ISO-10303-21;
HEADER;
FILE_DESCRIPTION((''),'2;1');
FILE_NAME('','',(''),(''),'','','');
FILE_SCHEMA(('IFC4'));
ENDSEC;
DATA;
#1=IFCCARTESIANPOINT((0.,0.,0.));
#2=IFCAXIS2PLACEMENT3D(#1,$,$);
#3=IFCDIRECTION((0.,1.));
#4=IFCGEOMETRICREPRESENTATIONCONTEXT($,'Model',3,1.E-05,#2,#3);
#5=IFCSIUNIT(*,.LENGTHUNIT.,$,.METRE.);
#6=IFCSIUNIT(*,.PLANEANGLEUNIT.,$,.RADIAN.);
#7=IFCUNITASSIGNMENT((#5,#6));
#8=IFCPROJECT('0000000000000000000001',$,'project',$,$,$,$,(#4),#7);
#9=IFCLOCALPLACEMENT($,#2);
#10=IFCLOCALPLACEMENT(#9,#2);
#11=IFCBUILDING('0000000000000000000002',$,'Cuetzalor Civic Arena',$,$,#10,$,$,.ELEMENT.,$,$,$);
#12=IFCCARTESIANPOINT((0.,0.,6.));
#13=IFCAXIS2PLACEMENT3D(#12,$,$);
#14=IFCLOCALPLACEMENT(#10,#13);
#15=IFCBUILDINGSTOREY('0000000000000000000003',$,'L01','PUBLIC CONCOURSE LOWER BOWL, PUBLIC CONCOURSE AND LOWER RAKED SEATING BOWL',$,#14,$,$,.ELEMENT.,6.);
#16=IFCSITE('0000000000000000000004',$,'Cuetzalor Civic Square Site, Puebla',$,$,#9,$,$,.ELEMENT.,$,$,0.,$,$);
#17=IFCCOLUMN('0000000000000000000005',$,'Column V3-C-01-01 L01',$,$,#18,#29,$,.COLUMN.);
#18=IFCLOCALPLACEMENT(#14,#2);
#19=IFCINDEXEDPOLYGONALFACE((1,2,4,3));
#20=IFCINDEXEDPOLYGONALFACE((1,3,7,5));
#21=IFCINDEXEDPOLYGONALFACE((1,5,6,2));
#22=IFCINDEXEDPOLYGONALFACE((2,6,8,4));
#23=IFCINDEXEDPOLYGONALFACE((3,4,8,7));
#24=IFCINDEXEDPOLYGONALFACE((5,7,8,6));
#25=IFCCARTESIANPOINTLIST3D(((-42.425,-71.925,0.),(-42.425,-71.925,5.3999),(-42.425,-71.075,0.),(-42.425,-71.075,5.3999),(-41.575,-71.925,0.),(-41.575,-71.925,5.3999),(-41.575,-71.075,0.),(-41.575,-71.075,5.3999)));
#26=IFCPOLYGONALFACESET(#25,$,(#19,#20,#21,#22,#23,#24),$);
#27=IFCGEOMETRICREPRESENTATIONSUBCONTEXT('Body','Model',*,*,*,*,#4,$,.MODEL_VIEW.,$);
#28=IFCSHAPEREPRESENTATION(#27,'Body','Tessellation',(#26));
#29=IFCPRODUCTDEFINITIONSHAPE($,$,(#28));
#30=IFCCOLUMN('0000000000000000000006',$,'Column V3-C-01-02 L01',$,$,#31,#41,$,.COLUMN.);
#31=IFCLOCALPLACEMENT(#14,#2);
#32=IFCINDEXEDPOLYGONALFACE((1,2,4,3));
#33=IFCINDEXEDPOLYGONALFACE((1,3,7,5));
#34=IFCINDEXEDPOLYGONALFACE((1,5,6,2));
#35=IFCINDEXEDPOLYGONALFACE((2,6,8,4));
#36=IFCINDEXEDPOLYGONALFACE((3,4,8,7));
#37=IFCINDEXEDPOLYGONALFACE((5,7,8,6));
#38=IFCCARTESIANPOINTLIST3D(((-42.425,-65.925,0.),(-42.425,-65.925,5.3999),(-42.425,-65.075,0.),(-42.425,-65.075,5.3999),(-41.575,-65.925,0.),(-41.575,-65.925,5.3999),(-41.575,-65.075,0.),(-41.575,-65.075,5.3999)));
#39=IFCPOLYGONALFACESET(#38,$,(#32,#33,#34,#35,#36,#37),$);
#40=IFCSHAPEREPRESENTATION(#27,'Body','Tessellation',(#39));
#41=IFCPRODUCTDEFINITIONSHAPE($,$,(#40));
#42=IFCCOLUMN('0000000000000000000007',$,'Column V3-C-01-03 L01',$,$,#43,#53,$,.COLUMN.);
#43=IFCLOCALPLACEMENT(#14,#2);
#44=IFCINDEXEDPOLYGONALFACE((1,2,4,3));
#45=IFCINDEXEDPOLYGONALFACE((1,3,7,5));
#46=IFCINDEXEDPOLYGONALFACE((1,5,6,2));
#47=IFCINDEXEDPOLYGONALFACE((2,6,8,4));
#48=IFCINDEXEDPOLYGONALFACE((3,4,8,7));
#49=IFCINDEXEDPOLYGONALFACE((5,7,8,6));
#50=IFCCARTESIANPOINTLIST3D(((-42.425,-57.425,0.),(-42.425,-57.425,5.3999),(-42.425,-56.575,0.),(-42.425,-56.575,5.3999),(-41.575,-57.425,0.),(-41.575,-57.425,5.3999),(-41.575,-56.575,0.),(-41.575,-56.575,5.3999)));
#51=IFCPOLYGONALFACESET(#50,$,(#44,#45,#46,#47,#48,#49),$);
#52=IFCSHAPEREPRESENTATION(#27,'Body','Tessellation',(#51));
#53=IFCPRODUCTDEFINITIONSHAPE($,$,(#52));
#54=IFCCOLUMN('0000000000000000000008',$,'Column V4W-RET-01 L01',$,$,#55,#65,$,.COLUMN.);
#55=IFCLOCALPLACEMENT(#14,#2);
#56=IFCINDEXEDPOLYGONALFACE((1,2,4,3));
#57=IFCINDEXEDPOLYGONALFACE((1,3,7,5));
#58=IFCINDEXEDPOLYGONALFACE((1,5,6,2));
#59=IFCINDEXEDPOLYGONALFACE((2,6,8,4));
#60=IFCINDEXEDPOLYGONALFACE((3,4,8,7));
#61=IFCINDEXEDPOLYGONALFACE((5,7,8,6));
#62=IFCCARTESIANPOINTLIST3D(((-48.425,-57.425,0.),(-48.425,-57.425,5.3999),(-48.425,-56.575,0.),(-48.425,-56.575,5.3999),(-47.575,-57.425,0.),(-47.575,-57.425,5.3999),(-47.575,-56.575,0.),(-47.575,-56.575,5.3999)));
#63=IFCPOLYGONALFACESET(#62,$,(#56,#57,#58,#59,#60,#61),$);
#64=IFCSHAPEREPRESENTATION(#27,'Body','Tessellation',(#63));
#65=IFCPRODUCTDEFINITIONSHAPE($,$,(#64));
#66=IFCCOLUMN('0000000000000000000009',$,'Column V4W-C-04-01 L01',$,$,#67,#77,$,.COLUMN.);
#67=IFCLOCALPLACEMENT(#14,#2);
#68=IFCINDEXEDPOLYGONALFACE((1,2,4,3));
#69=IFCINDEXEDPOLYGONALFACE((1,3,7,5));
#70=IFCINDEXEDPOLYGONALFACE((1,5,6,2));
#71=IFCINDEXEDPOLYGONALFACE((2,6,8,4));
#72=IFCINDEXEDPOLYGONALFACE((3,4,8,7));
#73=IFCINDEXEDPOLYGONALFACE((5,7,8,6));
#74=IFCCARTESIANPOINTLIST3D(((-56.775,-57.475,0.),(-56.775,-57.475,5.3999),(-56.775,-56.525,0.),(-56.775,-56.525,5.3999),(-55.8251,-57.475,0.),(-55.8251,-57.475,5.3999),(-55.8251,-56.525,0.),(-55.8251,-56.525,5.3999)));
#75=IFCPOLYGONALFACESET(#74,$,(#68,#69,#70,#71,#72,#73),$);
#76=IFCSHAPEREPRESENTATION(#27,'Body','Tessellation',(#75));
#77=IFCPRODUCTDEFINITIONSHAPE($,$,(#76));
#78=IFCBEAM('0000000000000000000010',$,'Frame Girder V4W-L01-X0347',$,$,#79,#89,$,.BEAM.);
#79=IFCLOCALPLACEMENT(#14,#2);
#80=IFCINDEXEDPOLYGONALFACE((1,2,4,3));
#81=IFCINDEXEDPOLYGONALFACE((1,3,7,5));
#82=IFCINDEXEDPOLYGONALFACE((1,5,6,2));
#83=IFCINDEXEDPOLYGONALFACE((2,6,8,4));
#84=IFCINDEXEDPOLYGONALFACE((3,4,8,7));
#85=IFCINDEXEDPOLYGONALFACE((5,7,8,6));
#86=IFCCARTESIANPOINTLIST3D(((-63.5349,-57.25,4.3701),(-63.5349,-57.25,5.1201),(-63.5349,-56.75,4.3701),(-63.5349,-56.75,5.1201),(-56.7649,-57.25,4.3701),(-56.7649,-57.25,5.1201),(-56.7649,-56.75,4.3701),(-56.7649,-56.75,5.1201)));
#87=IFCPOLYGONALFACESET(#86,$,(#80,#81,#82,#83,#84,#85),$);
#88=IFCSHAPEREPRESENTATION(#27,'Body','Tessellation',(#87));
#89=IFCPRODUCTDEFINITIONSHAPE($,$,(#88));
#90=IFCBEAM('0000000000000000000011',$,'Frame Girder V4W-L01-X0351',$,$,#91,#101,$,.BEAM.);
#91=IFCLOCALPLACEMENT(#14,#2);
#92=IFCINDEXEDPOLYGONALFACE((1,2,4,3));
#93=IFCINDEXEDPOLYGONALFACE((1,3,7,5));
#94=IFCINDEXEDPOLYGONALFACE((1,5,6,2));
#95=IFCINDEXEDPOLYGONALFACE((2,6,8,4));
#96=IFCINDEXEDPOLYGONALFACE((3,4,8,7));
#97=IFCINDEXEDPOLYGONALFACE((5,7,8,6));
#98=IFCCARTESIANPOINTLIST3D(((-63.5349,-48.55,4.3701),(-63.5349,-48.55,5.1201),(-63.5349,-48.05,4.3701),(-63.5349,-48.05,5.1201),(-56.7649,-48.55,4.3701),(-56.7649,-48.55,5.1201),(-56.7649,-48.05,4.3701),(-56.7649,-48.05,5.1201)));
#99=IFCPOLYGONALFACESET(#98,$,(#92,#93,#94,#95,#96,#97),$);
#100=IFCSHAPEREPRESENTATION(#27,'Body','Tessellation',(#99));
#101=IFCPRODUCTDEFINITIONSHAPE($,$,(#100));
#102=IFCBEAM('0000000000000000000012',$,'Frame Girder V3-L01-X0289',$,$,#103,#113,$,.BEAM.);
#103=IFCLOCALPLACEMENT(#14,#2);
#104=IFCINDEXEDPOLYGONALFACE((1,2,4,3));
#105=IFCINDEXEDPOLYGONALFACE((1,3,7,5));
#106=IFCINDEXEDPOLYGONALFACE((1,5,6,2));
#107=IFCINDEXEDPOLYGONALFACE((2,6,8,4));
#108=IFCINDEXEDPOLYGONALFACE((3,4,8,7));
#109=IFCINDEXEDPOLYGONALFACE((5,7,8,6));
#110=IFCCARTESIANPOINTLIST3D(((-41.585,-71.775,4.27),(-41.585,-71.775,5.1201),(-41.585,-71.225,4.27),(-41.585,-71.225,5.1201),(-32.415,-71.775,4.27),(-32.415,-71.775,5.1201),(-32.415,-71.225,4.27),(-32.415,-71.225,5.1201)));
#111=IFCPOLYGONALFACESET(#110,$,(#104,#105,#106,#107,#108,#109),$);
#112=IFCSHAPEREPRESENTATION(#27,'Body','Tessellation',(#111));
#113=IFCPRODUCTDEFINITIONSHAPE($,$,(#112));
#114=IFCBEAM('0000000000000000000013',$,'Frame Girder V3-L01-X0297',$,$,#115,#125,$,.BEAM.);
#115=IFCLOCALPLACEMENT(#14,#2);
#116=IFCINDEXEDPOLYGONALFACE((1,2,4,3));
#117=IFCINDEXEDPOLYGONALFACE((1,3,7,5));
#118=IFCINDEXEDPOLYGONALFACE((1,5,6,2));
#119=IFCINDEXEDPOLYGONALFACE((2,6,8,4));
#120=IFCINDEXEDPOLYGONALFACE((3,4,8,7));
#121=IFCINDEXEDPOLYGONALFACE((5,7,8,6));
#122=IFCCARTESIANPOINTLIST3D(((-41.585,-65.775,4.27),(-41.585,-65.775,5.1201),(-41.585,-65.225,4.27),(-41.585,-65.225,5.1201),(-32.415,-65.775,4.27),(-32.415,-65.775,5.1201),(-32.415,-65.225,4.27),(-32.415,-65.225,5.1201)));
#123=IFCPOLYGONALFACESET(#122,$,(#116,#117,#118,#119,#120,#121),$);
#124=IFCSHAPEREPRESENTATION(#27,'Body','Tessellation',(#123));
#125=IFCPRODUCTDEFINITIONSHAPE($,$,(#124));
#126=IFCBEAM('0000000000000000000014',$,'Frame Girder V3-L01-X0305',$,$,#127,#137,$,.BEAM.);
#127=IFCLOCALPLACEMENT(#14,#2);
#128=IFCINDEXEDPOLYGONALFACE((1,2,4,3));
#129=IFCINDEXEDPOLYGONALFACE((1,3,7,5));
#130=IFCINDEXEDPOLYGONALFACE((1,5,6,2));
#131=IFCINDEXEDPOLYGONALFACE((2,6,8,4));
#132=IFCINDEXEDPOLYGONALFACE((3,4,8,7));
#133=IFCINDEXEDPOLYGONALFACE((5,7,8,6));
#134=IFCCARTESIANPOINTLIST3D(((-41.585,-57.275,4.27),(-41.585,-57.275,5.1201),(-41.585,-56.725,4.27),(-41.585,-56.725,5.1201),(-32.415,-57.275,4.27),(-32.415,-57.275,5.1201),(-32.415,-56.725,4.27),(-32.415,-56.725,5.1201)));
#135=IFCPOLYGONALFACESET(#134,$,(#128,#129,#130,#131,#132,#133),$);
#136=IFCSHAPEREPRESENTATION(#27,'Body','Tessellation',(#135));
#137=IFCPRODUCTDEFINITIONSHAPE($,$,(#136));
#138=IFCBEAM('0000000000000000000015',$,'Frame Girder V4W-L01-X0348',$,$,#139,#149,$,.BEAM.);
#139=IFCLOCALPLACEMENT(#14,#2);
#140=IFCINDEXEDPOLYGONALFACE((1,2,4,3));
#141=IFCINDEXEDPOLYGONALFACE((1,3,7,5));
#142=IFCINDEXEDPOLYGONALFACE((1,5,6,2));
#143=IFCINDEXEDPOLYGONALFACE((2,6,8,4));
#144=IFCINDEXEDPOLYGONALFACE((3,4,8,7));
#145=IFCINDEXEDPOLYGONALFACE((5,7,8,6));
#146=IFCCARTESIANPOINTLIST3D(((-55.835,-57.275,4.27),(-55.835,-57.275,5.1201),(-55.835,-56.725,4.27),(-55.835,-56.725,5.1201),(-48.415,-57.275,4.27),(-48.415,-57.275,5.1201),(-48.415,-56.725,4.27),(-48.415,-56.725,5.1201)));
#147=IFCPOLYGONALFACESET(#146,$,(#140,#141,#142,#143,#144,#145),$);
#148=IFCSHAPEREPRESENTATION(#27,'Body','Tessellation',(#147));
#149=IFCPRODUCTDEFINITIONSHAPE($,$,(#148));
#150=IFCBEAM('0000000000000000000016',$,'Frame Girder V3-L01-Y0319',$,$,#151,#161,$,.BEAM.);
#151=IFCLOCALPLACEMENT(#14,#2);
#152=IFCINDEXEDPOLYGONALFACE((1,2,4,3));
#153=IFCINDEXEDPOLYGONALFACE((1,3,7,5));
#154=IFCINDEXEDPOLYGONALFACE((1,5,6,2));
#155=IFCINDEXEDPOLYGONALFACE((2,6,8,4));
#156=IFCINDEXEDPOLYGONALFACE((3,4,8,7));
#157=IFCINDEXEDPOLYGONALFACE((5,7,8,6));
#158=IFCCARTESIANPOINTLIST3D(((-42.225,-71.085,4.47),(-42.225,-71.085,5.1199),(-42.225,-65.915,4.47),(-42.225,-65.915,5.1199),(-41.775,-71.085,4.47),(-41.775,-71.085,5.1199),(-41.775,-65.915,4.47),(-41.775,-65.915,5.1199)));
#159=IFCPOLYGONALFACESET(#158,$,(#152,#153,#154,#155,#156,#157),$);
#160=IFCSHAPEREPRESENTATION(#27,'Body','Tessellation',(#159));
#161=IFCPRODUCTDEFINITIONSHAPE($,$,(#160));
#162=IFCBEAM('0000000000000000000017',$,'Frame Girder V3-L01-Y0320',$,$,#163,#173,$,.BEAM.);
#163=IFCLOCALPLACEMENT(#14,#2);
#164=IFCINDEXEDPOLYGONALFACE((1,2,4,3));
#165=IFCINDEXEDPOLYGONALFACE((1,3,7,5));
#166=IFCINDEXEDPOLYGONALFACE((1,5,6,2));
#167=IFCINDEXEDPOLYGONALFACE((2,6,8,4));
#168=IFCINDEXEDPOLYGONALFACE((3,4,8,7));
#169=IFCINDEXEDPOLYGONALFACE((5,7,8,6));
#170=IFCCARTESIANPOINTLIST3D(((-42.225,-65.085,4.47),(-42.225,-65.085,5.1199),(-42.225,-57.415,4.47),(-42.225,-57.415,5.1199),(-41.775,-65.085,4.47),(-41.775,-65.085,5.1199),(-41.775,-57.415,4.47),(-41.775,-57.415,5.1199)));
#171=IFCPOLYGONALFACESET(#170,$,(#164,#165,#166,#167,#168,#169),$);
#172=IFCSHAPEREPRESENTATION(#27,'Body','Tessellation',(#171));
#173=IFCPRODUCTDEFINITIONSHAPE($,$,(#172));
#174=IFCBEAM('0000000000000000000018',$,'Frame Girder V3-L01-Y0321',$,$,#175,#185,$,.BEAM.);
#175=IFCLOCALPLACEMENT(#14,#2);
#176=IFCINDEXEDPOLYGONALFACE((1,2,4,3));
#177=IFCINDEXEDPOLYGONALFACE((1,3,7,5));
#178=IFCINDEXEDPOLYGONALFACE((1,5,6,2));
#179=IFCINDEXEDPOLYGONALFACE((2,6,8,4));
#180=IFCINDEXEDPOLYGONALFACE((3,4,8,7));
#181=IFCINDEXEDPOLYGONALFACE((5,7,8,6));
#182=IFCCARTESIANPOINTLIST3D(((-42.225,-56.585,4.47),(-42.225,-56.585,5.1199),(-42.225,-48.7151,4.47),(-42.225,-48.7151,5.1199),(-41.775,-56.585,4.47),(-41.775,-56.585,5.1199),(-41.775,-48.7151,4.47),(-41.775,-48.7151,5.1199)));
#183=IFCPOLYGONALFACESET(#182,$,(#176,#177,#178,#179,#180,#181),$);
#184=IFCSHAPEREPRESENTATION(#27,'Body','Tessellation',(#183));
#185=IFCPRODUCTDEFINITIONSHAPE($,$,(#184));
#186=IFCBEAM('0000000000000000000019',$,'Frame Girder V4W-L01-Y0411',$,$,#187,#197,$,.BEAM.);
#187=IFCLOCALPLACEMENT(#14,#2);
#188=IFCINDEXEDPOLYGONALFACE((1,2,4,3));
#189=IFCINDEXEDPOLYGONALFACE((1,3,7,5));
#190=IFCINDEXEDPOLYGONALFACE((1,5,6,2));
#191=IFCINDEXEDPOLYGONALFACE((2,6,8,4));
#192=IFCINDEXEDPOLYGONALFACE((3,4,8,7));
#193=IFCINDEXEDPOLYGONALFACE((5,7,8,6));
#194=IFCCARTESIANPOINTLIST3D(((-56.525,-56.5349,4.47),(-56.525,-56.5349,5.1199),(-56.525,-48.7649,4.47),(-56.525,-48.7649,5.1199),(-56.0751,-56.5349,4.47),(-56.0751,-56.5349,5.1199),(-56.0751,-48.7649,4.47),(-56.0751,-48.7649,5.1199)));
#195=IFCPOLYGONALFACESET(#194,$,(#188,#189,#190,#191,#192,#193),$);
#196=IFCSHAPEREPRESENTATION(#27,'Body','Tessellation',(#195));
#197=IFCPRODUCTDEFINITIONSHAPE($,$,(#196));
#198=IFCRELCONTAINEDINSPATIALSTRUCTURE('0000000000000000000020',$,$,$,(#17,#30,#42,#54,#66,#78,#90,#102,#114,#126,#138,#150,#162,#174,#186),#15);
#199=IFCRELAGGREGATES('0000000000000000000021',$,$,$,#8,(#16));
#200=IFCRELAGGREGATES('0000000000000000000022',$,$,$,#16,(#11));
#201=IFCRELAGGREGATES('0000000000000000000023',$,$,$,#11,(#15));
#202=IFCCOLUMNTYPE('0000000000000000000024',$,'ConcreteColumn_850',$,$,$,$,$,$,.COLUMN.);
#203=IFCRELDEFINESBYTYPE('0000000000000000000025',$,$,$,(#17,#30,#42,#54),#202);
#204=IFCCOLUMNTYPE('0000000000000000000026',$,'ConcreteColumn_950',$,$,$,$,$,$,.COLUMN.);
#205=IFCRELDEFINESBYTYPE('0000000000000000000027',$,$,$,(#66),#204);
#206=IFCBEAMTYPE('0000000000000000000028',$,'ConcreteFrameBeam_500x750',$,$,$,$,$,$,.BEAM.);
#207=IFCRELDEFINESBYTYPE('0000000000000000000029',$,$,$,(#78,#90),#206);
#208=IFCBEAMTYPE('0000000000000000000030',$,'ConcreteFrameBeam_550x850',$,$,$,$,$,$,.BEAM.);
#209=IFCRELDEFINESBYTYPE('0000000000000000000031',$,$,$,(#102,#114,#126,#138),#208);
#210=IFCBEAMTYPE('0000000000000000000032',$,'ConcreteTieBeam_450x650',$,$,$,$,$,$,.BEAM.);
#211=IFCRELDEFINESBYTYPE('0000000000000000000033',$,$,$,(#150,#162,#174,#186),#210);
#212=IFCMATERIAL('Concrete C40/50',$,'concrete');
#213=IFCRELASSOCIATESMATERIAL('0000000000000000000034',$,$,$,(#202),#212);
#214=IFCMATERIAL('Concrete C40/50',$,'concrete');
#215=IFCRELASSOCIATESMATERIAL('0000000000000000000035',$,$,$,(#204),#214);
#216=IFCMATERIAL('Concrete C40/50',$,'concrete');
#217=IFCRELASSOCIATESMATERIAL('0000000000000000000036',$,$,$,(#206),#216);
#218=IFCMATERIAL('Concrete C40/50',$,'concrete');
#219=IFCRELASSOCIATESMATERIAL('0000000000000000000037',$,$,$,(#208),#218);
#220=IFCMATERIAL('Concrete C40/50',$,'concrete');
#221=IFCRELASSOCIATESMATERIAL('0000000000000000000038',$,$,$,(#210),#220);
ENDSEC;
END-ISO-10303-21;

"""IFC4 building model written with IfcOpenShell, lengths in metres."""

from ifc_helpers import new_model, si_unit, direction, frame, origin, origin_2d, place, context, subcontext, project, spatial, rectangle, extrude, material, material_profile, profile_set, type_object, element, save


model = new_model("IFC4")

# Units and contexts
model_context = context("Model", 3, precision=1e-05, world=origin(), true_north=direction((0.0, 1.0)))
body_context = subcontext(model_context, "Body", "Model", "MODEL_VIEW")
ifc_project = project(units=[si_unit("LENGTHUNIT", "METRE"), si_unit("PLANEANGLEUNIT", "RADIAN")], contexts=[model_context])

# Site, building, storey
site_placement = place(None, origin())
site = spatial("IfcSite", under=ifc_project, at=site_placement, Name="Cuetzalor Civic Square Site, Puebla", CompositionType="ELEMENT", RefElevation=0.0)
building_placement = place(site_placement, origin())
building = spatial("IfcBuilding", under=site, at=building_placement, Name="Cuetzalor Civic Arena", CompositionType="ELEMENT")
storey_placement = place(building_placement, frame((0.0, 0.0, 6.0)))
storey = spatial("IfcBuildingStorey", under=building, at=storey_placement, Name="L01", Description="PUBLIC CONCOURSE LOWER BOWL, PUBLIC CONCOURSE AND LOWER RAKED SEATING BOWL", CompositionType="ELEMENT", Elevation=6.0)

# Columns
ifc_material_1 = material(Name="Concrete C40/50", Category="concrete")
ifc_material_profile_1 = material_profile(ifc_material_1, rectangle(XDim=0.8501, YDim=0.8501, at=origin_2d()), Name="RC 850x850")
ifc_profile_set_1 = profile_set([ifc_material_profile_1], Name="Concrete C40/50")
column_type_1 = type_object("IfcColumnType", Name="ConcreteColumn_850", PredefinedType="COLUMN", material=ifc_profile_set_1)
for number, where, z_axis, x_axis, name in (
    (1, (-42.0, -71.5, 0.0), (0.0, 0.0, 1.0), (1.0, 0.0, 0.0), "Column V3-C-01-01 L01"),
    (2, (-42.0, -65.5, 0.0), (0.0, 0.0, 1.0), (1.0, 0.0, 0.0), "Column V3-C-01-02 L01"),
    (3, (-42.0, -57.0, 0.0), (0.0, 0.0, 1.0), (1.0, 0.0, 0.0), "Column V3-C-01-03 L01"),
    (4, (-48.0, -57.0, 0.0), (0.0, 0.0, 1.0), (1.0, 0.0, 0.0), "Column V4W-RET-01 L01"),
):
    element("IfcColumn", number, at=place(storey_placement, frame(where, z_axis=z_axis, x_axis=x_axis)), inside=storey, type_object=column_type_1, Name=name, PredefinedType="COLUMN", context=body_context, shape_type="SweptSolid", body=[
        extrude(rectangle(XDim=0.8501, YDim=0.8501, at=origin_2d()), origin(), (0.0, 0.0, 1.0), 5.3999),
    ])
ifc_material_2 = material(Name="Concrete C40/50", Category="concrete")
ifc_material_profile_2 = material_profile(ifc_material_2, rectangle(XDim=0.95, YDim=0.95, at=origin_2d()), Name="RC 950x950")
ifc_profile_set_2 = profile_set([ifc_material_profile_2], Name="Concrete C40/50")
column_type_2 = type_object("IfcColumnType", Name="ConcreteColumn_950", PredefinedType="COLUMN", material=ifc_profile_set_2)
column_placement = place(storey_placement, frame((-56.3, -57.0, 0.0), z_axis=(0.0, 0.0, 1.0), x_axis=(1.0, 0.0, 0.0)))
element("IfcColumn", 5, at=column_placement, inside=storey, type_object=column_type_2, Name="Column V4W-C-04-01 L01", PredefinedType="COLUMN", context=body_context, shape_type="SweptSolid", body=[
    extrude(rectangle(XDim=0.95, YDim=0.95, at=origin_2d()), origin(), (0.0, 0.0, 1.0), 5.3999),
])

# Beams
ifc_material_3 = material(Name="Concrete C40/50", Category="concrete")
ifc_material_profile_3 = material_profile(ifc_material_3, rectangle(XDim=0.5, YDim=0.75, at=origin_2d()), Name="RC 500x750")
ifc_profile_set_3 = profile_set([ifc_material_profile_3], Name="Concrete C40/50")
beam_type_1 = type_object("IfcBeamType", Name="ConcreteFrameBeam_500x750", PredefinedType="BEAM", material=ifc_profile_set_3)
for number, where, z_axis, x_axis, name in (
    (6, (-63.5349, -57.0, 4.7451), (1.0, 0.0, 0.0), (0.0, 1.0, 0.0), "Frame Girder V4W-L01-X0347"),
    (7, (-63.5349, -48.3, 4.7451), (1.0, 0.0, 0.0), (0.0, 1.0, 0.0), "Frame Girder V4W-L01-X0351"),
):
    element("IfcBeam", number, at=place(storey_placement, frame(where, z_axis=z_axis, x_axis=x_axis)), inside=storey, type_object=beam_type_1, Name=name, PredefinedType="BEAM", context=body_context, shape_type="SweptSolid", body=[
        extrude(rectangle(XDim=0.5, YDim=0.75, at=origin_2d()), origin(), (0.0, 0.0, 1.0), 6.77),
    ])
ifc_material_4 = material(Name="Concrete C40/50", Category="concrete")
ifc_material_profile_4 = material_profile(ifc_material_4, rectangle(XDim=0.55, YDim=0.8501, at=origin_2d()), Name="RC 550x850")
ifc_profile_set_4 = profile_set([ifc_material_profile_4], Name="Concrete C40/50")
beam_type_2 = type_object("IfcBeamType", Name="ConcreteFrameBeam_550x850", PredefinedType="BEAM", material=ifc_profile_set_4)
for number, where, z_axis, x_axis, name in (
    (8, (-41.585, -71.5, 4.6951), (1.0, 0.0, 0.0), (0.0, 1.0, 0.0), "Frame Girder V3-L01-X0289"),
    (9, (-41.585, -65.5, 4.6951), (1.0, 0.0, 0.0), (0.0, 1.0, 0.0), "Frame Girder V3-L01-X0297"),
    (10, (-41.585, -57.0, 4.6951), (1.0, 0.0, 0.0), (0.0, 1.0, 0.0), "Frame Girder V3-L01-X0305"),
):
    element("IfcBeam", number, at=place(storey_placement, frame(where, z_axis=z_axis, x_axis=x_axis)), inside=storey, type_object=beam_type_2, Name=name, PredefinedType="BEAM", context=body_context, shape_type="SweptSolid", body=[
        extrude(rectangle(XDim=0.55, YDim=0.8501, at=origin_2d()), origin(), (0.0, 0.0, 1.0), 9.1699),
    ])
beam_1_placement = place(storey_placement, frame((-55.835, -57.0, 4.6951), z_axis=(1.0, 0.0, 0.0), x_axis=(0.0, 1.0, 0.0)))
element("IfcBeam", 11, at=beam_1_placement, inside=storey, type_object=beam_type_2, Name="Frame Girder V4W-L01-X0348", PredefinedType="BEAM", context=body_context, shape_type="SweptSolid", body=[
    extrude(rectangle(XDim=0.55, YDim=0.8501, at=origin_2d()), origin(), (0.0, 0.0, 1.0), 7.4199),
])
ifc_material_5 = material(Name="Concrete C40/50", Category="concrete")
ifc_material_profile_5 = material_profile(ifc_material_5, rectangle(XDim=0.45, YDim=0.6499, at=origin_2d()), Name="RC 450x650")
ifc_profile_set_5 = profile_set([ifc_material_profile_5], Name="Concrete C40/50")
beam_type_3 = type_object("IfcBeamType", Name="ConcreteTieBeam_450x650", PredefinedType="BEAM", material=ifc_profile_set_5)
beam_2_placement = place(storey_placement, frame((-42.0, -71.085, 4.7949), z_axis=(0.0, 1.0, 0.0), x_axis=(-1.0, 0.0, 0.0)))
element("IfcBeam", 12, at=beam_2_placement, inside=storey, type_object=beam_type_3, Name="Frame Girder V3-L01-Y0319", PredefinedType="BEAM", context=body_context, shape_type="SweptSolid", body=[
    extrude(rectangle(XDim=0.45, YDim=0.6499, at=origin_2d()), origin(), (0.0, 0.0, 1.0), 5.1699),
])
beam_3_placement = place(storey_placement, frame((-42.0, -65.085, 4.7949), z_axis=(0.0, 1.0, 0.0), x_axis=(-1.0, 0.0, 0.0)))
element("IfcBeam", 13, at=beam_3_placement, inside=storey, type_object=beam_type_3, Name="Frame Girder V3-L01-Y0320", PredefinedType="BEAM", context=body_context, shape_type="SweptSolid", body=[
    extrude(rectangle(XDim=0.45, YDim=0.6499, at=origin_2d()), origin(), (0.0, 0.0, 1.0), 7.6699),
])
beam_4_placement = place(storey_placement, frame((-42.0, -56.585, 4.7949), z_axis=(0.0, 1.0, 0.0), x_axis=(-1.0, 0.0, 0.0)))
element("IfcBeam", 14, at=beam_4_placement, inside=storey, type_object=beam_type_3, Name="Frame Girder V3-L01-Y0321", PredefinedType="BEAM", context=body_context, shape_type="SweptSolid", body=[
    extrude(rectangle(XDim=0.45, YDim=0.6499, at=origin_2d()), origin(), (0.0, 0.0, 1.0), 7.8699),
])
beam_5_placement = place(storey_placement, frame((-56.3, -56.5349, 4.7949), z_axis=(0.0, 1.0, 0.0), x_axis=(-1.0, 0.0, 0.0)))
element("IfcBeam", 15, at=beam_5_placement, inside=storey, type_object=beam_type_3, Name="Frame Girder V4W-L01-Y0411", PredefinedType="BEAM", context=body_context, shape_type="SweptSolid", body=[
    extrude(rectangle(XDim=0.45, YDim=0.6499, at=origin_2d()), origin(), (0.0, 0.0, 1.0), 7.77),
])

save(model, "model.ifc")
